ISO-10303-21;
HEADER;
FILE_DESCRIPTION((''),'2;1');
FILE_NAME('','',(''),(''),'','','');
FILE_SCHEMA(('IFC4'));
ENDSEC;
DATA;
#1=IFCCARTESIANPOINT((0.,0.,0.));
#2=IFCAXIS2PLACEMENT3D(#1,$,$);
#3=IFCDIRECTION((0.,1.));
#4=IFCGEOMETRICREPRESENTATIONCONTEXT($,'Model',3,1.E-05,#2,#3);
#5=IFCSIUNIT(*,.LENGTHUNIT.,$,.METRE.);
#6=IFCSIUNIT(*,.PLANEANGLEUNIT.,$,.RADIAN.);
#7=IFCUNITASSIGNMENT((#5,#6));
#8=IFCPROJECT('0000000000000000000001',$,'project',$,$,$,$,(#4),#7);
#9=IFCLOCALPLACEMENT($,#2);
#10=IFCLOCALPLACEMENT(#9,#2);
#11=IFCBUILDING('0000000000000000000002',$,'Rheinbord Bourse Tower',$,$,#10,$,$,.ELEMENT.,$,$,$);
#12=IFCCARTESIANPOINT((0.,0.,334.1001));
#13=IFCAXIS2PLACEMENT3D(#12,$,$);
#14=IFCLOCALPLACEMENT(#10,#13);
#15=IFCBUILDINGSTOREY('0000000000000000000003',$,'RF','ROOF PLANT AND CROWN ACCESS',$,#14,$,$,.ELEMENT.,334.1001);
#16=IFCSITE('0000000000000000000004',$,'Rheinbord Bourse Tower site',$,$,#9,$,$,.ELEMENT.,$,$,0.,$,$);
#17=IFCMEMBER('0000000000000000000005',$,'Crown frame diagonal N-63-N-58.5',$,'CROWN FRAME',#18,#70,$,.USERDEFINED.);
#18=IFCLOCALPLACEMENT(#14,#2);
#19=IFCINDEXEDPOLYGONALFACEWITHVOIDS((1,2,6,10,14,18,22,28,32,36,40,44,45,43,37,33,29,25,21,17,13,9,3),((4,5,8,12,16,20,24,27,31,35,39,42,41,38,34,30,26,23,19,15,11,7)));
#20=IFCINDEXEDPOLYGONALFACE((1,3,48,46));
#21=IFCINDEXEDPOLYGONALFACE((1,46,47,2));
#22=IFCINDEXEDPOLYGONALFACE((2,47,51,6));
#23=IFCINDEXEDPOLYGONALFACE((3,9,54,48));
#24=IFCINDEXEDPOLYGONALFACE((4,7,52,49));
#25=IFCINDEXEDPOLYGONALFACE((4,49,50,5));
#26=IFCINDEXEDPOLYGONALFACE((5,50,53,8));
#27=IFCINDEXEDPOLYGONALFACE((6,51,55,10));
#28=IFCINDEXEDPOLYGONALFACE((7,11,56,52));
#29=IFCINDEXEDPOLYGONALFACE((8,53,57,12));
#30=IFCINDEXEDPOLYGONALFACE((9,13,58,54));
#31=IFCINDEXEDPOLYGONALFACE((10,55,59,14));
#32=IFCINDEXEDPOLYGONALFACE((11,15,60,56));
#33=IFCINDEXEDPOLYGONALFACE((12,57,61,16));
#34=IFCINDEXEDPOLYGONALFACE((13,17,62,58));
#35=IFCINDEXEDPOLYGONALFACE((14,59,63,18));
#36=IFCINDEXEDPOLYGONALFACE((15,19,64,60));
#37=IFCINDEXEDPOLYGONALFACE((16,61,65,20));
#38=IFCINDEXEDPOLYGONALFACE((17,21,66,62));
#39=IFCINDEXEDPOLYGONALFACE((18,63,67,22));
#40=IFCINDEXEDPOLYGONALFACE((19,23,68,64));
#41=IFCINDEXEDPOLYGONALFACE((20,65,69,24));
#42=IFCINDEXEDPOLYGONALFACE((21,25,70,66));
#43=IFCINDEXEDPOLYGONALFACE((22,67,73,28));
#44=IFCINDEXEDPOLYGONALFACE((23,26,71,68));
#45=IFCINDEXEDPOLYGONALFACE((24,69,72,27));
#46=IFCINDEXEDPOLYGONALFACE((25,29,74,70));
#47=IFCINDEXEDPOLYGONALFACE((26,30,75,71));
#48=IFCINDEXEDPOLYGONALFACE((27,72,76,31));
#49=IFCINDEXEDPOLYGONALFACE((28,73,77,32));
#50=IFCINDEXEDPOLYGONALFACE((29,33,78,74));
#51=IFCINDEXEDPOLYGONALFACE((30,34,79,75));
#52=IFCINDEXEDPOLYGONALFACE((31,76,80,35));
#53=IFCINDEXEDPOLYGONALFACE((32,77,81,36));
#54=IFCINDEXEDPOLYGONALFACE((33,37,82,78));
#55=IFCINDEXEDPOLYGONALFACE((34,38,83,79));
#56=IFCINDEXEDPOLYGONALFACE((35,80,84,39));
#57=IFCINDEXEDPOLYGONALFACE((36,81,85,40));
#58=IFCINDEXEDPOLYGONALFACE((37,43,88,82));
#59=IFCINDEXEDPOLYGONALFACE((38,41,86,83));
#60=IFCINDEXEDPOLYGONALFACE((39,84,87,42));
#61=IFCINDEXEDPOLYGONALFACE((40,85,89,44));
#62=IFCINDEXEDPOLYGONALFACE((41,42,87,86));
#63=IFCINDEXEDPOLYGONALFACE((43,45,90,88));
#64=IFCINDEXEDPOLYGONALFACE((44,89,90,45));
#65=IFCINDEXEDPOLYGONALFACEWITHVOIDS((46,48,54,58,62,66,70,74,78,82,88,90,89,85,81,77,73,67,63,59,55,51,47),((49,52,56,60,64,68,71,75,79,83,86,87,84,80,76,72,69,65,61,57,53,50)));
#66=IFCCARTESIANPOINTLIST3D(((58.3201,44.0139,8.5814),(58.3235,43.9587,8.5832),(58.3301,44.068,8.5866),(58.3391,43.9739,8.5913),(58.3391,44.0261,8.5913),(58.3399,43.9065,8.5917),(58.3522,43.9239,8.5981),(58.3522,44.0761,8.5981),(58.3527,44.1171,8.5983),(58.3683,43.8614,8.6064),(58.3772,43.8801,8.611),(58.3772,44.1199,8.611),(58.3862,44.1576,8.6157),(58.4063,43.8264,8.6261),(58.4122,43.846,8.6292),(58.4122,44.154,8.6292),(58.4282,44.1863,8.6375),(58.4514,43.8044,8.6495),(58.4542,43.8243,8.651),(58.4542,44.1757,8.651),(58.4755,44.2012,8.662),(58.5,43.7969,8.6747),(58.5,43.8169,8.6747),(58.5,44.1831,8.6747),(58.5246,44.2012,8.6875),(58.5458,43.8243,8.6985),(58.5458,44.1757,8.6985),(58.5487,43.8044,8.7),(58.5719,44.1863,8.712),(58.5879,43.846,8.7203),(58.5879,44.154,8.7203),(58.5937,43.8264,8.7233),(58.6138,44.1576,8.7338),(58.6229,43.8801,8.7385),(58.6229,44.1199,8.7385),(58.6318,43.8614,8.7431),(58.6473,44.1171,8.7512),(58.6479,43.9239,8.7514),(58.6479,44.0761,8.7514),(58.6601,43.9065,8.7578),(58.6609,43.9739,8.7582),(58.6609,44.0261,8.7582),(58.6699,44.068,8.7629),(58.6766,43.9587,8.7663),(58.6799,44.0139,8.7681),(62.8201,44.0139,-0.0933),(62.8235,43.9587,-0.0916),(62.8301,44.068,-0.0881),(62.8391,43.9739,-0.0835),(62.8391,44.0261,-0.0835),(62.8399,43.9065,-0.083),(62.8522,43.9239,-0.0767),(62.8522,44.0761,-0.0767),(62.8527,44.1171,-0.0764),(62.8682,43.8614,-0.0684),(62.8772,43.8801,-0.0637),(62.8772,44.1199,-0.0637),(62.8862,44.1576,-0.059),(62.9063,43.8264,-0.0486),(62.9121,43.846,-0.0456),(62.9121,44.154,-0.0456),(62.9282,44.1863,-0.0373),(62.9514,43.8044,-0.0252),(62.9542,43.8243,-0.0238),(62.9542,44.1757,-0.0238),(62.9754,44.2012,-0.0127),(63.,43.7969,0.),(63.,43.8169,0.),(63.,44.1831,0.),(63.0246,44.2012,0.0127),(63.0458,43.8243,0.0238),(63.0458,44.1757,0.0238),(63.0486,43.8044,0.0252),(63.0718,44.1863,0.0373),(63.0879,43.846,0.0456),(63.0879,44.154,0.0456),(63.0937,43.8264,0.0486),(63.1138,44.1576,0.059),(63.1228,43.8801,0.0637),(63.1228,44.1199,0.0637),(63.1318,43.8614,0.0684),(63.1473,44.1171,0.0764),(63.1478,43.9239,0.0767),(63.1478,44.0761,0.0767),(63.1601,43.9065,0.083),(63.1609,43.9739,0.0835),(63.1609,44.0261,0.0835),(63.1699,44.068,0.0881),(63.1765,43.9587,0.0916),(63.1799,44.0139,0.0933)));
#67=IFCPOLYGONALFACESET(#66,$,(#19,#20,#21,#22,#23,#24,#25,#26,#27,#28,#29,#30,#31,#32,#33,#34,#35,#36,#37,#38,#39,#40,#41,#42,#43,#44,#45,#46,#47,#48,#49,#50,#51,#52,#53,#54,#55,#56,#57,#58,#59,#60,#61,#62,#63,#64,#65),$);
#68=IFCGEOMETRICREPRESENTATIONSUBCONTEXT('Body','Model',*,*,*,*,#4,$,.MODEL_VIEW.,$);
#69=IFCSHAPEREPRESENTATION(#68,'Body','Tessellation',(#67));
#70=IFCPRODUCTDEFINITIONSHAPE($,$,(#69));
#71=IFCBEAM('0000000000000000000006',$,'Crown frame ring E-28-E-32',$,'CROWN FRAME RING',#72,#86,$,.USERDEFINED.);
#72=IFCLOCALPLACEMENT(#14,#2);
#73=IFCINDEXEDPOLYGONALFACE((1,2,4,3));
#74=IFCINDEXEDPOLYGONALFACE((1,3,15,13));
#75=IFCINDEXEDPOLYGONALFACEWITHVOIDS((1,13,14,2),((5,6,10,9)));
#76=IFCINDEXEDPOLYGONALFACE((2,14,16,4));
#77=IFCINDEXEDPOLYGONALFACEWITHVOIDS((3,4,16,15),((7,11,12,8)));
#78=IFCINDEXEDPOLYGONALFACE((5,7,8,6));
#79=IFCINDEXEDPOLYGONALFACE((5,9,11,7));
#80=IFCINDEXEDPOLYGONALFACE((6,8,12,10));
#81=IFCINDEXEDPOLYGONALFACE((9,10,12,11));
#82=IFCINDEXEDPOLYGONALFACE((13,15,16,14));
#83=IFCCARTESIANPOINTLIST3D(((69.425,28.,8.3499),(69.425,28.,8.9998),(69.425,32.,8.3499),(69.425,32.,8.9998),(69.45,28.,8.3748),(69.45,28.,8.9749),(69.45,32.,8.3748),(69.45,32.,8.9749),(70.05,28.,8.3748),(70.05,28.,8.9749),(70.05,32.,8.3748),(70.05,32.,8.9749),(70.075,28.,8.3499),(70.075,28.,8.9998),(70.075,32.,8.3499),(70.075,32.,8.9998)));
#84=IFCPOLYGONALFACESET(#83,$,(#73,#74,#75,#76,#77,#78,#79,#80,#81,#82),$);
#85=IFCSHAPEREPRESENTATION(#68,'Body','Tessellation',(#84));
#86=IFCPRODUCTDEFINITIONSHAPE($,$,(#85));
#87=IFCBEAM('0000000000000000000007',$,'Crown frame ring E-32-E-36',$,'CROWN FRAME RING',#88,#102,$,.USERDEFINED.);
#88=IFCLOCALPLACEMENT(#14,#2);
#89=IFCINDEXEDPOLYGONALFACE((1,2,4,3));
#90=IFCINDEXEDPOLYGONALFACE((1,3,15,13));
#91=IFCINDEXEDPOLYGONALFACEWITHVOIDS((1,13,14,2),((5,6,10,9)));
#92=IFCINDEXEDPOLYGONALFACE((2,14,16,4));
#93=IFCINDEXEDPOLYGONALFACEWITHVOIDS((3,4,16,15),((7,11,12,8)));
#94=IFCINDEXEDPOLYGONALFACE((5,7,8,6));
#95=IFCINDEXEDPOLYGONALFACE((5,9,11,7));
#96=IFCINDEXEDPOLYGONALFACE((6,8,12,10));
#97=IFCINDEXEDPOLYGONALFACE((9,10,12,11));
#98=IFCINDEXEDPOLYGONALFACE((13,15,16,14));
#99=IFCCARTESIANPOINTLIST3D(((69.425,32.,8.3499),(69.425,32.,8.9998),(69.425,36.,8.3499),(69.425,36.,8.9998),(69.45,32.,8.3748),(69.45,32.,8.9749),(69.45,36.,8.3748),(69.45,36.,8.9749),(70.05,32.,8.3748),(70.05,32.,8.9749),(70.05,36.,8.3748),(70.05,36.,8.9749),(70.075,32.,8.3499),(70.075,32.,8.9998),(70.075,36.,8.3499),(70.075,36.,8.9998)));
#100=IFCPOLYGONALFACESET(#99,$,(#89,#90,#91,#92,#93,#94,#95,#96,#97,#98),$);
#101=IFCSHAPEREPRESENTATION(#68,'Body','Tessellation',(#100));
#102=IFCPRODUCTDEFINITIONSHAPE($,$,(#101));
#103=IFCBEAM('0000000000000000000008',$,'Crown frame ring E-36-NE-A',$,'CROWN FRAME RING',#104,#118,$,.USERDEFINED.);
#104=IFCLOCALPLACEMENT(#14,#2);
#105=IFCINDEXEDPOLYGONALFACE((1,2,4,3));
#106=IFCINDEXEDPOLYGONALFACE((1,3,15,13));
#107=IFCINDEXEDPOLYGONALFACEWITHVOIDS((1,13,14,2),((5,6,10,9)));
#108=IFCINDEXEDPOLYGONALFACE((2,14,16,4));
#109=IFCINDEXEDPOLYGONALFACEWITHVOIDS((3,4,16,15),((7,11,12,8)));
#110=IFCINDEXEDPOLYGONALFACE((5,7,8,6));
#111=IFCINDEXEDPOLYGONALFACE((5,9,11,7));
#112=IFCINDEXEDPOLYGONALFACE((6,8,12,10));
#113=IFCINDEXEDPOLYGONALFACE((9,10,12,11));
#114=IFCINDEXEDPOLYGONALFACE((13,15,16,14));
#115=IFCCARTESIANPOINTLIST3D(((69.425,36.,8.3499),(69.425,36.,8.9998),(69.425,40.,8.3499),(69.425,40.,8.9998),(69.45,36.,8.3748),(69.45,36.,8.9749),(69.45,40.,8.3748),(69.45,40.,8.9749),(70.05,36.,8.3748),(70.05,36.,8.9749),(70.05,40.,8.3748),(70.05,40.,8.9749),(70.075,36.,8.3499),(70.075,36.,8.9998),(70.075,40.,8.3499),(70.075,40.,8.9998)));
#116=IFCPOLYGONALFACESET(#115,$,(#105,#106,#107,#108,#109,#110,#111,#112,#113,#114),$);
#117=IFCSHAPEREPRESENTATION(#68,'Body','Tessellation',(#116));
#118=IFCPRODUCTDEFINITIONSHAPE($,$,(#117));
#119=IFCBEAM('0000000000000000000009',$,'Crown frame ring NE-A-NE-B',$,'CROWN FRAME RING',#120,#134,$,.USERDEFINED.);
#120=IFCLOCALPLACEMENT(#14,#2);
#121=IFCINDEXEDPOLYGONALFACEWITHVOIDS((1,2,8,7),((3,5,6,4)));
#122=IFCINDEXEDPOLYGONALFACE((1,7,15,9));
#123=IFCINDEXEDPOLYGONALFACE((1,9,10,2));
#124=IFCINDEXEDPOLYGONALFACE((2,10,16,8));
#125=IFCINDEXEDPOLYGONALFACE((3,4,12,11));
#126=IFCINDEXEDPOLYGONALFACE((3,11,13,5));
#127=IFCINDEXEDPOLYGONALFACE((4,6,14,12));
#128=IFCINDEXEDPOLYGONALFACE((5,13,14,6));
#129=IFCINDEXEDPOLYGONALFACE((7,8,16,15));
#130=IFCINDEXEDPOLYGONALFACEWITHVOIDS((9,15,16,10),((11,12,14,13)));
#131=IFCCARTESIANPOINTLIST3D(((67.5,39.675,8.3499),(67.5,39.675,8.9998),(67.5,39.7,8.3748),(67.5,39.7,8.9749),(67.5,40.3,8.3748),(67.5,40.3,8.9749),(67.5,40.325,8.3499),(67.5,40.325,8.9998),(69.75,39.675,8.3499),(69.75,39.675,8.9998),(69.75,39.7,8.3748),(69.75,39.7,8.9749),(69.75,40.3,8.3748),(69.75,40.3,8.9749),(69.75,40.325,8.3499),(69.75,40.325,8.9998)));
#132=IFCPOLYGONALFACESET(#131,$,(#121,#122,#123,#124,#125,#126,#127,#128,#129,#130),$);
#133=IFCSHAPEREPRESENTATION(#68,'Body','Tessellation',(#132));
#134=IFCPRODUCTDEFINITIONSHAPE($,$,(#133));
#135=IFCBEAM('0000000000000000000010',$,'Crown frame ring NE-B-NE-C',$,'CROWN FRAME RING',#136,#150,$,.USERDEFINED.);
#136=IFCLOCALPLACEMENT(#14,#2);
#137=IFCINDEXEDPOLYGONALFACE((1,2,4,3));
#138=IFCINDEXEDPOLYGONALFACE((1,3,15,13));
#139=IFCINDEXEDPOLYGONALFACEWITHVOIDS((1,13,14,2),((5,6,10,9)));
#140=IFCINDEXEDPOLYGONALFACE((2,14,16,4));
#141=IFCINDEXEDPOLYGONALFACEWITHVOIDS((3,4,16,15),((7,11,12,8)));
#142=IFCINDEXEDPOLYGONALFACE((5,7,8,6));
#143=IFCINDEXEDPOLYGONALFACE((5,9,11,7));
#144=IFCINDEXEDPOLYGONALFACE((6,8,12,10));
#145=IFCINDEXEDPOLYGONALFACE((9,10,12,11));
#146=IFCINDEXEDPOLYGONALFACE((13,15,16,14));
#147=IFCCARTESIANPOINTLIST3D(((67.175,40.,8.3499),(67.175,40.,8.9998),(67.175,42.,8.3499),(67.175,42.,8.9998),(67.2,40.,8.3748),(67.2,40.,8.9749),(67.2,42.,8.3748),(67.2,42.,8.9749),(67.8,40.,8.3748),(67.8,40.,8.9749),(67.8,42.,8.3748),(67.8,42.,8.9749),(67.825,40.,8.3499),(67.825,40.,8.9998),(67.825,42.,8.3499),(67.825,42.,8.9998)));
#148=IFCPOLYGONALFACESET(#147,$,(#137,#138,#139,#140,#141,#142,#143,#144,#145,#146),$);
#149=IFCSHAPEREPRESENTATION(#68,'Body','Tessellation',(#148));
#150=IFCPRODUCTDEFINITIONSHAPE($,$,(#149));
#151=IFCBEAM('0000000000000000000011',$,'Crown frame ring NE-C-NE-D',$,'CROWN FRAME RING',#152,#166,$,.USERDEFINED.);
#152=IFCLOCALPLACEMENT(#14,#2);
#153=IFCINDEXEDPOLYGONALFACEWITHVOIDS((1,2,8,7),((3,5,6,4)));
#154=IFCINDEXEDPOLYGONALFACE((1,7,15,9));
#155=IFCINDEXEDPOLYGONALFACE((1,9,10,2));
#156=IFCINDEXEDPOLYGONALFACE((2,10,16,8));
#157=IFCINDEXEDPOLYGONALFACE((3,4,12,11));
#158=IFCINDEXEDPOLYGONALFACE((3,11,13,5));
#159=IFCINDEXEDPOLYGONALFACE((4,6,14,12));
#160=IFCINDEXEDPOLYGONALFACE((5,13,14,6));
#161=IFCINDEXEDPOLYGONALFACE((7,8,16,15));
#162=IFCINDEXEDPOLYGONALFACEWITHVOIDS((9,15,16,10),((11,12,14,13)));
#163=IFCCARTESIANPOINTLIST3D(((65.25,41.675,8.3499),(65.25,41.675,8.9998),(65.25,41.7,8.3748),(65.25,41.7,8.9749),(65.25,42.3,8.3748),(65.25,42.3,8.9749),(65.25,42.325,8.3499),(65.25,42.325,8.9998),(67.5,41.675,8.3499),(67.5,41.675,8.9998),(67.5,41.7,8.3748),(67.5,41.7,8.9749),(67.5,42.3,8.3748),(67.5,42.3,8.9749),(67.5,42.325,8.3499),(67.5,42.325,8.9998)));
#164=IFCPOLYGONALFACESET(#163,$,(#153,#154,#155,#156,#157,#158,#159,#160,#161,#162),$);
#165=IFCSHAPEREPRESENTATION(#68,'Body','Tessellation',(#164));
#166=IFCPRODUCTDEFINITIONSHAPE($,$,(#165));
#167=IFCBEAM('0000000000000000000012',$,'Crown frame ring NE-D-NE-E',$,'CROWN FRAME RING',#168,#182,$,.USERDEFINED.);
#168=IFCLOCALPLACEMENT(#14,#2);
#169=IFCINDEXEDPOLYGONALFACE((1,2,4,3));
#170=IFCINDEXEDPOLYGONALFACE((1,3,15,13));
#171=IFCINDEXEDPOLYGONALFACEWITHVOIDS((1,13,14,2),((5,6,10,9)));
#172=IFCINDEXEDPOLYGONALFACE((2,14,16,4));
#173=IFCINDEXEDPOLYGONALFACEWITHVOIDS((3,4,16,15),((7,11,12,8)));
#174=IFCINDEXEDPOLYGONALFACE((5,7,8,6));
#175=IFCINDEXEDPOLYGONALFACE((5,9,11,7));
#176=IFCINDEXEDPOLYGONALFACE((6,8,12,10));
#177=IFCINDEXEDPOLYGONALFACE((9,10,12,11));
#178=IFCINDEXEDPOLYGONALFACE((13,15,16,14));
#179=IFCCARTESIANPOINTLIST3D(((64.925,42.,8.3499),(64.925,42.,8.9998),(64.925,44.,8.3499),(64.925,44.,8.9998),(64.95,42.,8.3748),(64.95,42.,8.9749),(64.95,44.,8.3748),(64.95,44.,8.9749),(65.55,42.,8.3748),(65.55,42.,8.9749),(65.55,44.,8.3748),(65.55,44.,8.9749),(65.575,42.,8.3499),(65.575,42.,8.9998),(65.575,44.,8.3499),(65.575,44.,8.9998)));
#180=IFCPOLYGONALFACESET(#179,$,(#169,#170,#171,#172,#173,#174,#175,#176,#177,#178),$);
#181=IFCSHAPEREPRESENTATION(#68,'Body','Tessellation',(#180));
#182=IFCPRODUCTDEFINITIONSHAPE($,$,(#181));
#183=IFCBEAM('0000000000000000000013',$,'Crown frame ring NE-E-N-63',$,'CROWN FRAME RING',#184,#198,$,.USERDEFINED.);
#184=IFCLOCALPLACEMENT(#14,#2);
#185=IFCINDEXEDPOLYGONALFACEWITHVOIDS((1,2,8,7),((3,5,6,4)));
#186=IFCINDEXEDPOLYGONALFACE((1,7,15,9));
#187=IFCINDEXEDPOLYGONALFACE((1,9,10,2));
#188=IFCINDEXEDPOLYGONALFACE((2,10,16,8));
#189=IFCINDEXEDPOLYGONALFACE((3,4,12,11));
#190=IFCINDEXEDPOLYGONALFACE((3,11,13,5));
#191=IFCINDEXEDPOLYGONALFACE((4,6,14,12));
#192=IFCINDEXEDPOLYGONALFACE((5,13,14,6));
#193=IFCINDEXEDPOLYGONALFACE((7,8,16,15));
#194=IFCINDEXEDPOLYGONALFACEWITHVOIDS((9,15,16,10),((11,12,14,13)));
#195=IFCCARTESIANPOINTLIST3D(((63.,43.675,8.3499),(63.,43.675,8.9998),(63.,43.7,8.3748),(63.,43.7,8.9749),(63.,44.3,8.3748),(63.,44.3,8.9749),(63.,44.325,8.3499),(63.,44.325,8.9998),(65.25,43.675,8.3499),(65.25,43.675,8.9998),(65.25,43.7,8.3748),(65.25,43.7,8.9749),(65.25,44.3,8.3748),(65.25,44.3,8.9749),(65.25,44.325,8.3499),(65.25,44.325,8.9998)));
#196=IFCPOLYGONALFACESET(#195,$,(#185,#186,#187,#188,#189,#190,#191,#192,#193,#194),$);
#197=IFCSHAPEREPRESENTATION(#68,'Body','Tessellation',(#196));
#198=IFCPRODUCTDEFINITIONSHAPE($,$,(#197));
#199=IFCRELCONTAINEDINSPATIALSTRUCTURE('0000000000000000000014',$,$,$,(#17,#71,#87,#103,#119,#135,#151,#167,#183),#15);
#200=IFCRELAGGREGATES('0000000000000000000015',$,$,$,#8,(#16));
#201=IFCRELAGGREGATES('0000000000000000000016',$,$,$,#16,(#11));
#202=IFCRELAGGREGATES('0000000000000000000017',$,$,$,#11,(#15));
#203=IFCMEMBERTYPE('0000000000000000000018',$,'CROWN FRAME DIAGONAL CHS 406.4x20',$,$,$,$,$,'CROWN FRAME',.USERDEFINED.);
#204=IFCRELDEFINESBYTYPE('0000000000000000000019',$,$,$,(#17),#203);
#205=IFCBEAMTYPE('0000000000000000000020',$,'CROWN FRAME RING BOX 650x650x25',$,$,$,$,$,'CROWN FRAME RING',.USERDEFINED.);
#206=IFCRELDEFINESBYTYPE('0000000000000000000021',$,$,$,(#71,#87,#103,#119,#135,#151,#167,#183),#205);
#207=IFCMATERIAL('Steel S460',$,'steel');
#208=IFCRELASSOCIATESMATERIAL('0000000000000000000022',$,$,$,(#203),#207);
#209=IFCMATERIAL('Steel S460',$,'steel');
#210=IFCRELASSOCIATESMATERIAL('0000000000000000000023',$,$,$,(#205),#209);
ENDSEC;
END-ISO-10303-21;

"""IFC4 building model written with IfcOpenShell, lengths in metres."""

from ifc_helpers import new_model, si_unit, direction, frame, origin, origin_2d, place, context, subcontext, project, spatial, hollow_rectangle, hollow_circle, extrude, material, material_profile, profile_set, type_object, element, save


model = new_model("IFC4")

# Units and contexts
model_context = context("Model", 3, precision=1e-05, world=origin(), true_north=direction((0.0, 1.0)))
body_context = subcontext(model_context, "Body", "Model", "MODEL_VIEW")
ifc_project = project(units=[si_unit("LENGTHUNIT", "METRE"), si_unit("PLANEANGLEUNIT", "RADIAN")], contexts=[model_context])

# Site, building, storey
site_placement = place(None, origin())
site = spatial("IfcSite", under=ifc_project, at=site_placement, Name="Rheinbord Bourse Tower site", CompositionType="ELEMENT", RefElevation=0.0)
building_placement = place(site_placement, origin())
building = spatial("IfcBuilding", under=site, at=building_placement, Name="Rheinbord Bourse Tower", CompositionType="ELEMENT")
storey_placement = place(building_placement, frame((0.0, 0.0, 334.1001)))
storey = spatial("IfcBuildingStorey", under=building, at=storey_placement, Name="RF", Description="ROOF PLANT AND CROWN ACCESS", CompositionType="ELEMENT", Elevation=334.1001)

# Member
ifc_material_1 = material(Name="Steel S460", Category="steel")
ifc_material_profile_1 = material_profile(ifc_material_1, hollow_circle(Radius=0.2031, WallThickness=0.02, at=origin_2d()), Name="CHS 406.4x20")
ifc_profile_set_1 = profile_set([ifc_material_profile_1], Name="Steel S460")
member_type = type_object("IfcMemberType", Name="CROWN FRAME DIAGONAL CHS 406.4x20", ElementType="CROWN FRAME", PredefinedType="USERDEFINED", material=ifc_profile_set_1)
member_1_placement = place(storey_placement, frame((63.0, 44.0, 0.0), z_axis=(-0.460475, 0.0, 0.887673), x_axis=(0.0, -1.0, 0.0)))
element("IfcMember", 1, at=member_1_placement, inside=storey, type_object=member_type, Name="Crown frame diagonal N-63-N-58.5", ObjectType="CROWN FRAME", PredefinedType="USERDEFINED", context=body_context, shape_type="SweptSolid", body=[
    extrude(hollow_circle(Radius=0.2031, WallThickness=0.02, at=origin_2d()), origin(), (0.0, 0.0, 1.0), 9.7725),
])

# Beams
ifc_material_2 = material(Name="Steel S460", Category="steel")
ifc_material_profile_2 = material_profile(ifc_material_2, hollow_rectangle(XDim=0.6499, YDim=0.6499, WallThickness=0.0249, at=origin_2d()), Name="BOX 650x650x25")
ifc_profile_set_2 = profile_set([ifc_material_profile_2], Name="Steel S460")
beam_type = type_object("IfcBeamType", Name="CROWN FRAME RING BOX 650x650x25", ElementType="CROWN FRAME RING", PredefinedType="USERDEFINED", material=ifc_profile_set_2)
for number, where, z_axis, x_axis, name in (
    (2, (69.75, 28.0, 8.6748), (0.0, 1.0, 0.0), (-1.0, 0.0, 0.0), "Crown frame ring E-28-E-32"),
    (3, (69.75, 32.0, 8.6748), (0.0, 1.0, 0.0), (-1.0, 0.0, 0.0), "Crown frame ring E-32-E-36"),
    (4, (69.75, 36.0, 8.6748), (0.0, 1.0, 0.0), (-1.0, 0.0, 0.0), "Crown frame ring E-36-NE-A"),
):
    element("IfcBeam", number, at=place(storey_placement, frame(where, z_axis=z_axis, x_axis=x_axis)), inside=storey, type_object=beam_type, Name=name, ObjectType="CROWN FRAME RING", PredefinedType="USERDEFINED", context=body_context, shape_type="SweptSolid", body=[
        extrude(hollow_rectangle(XDim=0.6499, YDim=0.6499, WallThickness=0.0249, at=origin_2d()), origin(), (0.0, 0.0, 1.0), 4.0),
    ])
beam_1_placement = place(storey_placement, frame((69.75, 40.0, 8.6748), z_axis=(-1.0, 0.0, 0.0), x_axis=(0.0, -1.0, 0.0)))
element("IfcBeam", 5, at=beam_1_placement, inside=storey, type_object=beam_type, Name="Crown frame ring NE-A-NE-B", ObjectType="CROWN FRAME RING", PredefinedType="USERDEFINED", context=body_context, shape_type="SweptSolid", body=[
    extrude(hollow_rectangle(XDim=0.6499, YDim=0.6499, WallThickness=0.0249, at=origin_2d()), origin(), (0.0, 0.0, 1.0), 2.25),
])
beam_2_placement = place(storey_placement, frame((67.5, 40.0, 8.6748), z_axis=(0.0, 1.0, 0.0), x_axis=(-1.0, 0.0, 0.0)))
element("IfcBeam", 6, at=beam_2_placement, inside=storey, type_object=beam_type, Name="Crown frame ring NE-B-NE-C", ObjectType="CROWN FRAME RING", PredefinedType="USERDEFINED", context=body_context, shape_type="SweptSolid", body=[
    extrude(hollow_rectangle(XDim=0.6499, YDim=0.6499, WallThickness=0.0249, at=origin_2d()), origin(), (0.0, 0.0, 1.0), 2.0),
])
beam_3_placement = place(storey_placement, frame((67.5, 42.0, 8.6748), z_axis=(-1.0, 0.0, 0.0), x_axis=(0.0, -1.0, 0.0)))
element("IfcBeam", 7, at=beam_3_placement, inside=storey, type_object=beam_type, Name="Crown frame ring NE-C-NE-D", ObjectType="CROWN FRAME RING", PredefinedType="USERDEFINED", context=body_context, shape_type="SweptSolid", body=[
    extrude(hollow_rectangle(XDim=0.6499, YDim=0.6499, WallThickness=0.0249, at=origin_2d()), origin(), (0.0, 0.0, 1.0), 2.25),
])
beam_4_placement = place(storey_placement, frame((65.25, 42.0, 8.6748), z_axis=(0.0, 1.0, 0.0), x_axis=(-1.0, 0.0, 0.0)))
element("IfcBeam", 8, at=beam_4_placement, inside=storey, type_object=beam_type, Name="Crown frame ring NE-D-NE-E", ObjectType="CROWN FRAME RING", PredefinedType="USERDEFINED", context=body_context, shape_type="SweptSolid", body=[
    extrude(hollow_rectangle(XDim=0.6499, YDim=0.6499, WallThickness=0.0249, at=origin_2d()), origin(), (0.0, 0.0, 1.0), 2.0),
])
beam_5_placement = place(storey_placement, frame((65.25, 44.0, 8.6748), z_axis=(-1.0, 0.0, 0.0), x_axis=(0.0, -1.0, 0.0)))
element("IfcBeam", 9, at=beam_5_placement, inside=storey, type_object=beam_type, Name="Crown frame ring NE-E-N-63", ObjectType="CROWN FRAME RING", PredefinedType="USERDEFINED", context=body_context, shape_type="SweptSolid", body=[
    extrude(hollow_rectangle(XDim=0.6499, YDim=0.6499, WallThickness=0.0249, at=origin_2d()), origin(), (0.0, 0.0, 1.0), 2.25),
])

save(model, "model.ifc")
